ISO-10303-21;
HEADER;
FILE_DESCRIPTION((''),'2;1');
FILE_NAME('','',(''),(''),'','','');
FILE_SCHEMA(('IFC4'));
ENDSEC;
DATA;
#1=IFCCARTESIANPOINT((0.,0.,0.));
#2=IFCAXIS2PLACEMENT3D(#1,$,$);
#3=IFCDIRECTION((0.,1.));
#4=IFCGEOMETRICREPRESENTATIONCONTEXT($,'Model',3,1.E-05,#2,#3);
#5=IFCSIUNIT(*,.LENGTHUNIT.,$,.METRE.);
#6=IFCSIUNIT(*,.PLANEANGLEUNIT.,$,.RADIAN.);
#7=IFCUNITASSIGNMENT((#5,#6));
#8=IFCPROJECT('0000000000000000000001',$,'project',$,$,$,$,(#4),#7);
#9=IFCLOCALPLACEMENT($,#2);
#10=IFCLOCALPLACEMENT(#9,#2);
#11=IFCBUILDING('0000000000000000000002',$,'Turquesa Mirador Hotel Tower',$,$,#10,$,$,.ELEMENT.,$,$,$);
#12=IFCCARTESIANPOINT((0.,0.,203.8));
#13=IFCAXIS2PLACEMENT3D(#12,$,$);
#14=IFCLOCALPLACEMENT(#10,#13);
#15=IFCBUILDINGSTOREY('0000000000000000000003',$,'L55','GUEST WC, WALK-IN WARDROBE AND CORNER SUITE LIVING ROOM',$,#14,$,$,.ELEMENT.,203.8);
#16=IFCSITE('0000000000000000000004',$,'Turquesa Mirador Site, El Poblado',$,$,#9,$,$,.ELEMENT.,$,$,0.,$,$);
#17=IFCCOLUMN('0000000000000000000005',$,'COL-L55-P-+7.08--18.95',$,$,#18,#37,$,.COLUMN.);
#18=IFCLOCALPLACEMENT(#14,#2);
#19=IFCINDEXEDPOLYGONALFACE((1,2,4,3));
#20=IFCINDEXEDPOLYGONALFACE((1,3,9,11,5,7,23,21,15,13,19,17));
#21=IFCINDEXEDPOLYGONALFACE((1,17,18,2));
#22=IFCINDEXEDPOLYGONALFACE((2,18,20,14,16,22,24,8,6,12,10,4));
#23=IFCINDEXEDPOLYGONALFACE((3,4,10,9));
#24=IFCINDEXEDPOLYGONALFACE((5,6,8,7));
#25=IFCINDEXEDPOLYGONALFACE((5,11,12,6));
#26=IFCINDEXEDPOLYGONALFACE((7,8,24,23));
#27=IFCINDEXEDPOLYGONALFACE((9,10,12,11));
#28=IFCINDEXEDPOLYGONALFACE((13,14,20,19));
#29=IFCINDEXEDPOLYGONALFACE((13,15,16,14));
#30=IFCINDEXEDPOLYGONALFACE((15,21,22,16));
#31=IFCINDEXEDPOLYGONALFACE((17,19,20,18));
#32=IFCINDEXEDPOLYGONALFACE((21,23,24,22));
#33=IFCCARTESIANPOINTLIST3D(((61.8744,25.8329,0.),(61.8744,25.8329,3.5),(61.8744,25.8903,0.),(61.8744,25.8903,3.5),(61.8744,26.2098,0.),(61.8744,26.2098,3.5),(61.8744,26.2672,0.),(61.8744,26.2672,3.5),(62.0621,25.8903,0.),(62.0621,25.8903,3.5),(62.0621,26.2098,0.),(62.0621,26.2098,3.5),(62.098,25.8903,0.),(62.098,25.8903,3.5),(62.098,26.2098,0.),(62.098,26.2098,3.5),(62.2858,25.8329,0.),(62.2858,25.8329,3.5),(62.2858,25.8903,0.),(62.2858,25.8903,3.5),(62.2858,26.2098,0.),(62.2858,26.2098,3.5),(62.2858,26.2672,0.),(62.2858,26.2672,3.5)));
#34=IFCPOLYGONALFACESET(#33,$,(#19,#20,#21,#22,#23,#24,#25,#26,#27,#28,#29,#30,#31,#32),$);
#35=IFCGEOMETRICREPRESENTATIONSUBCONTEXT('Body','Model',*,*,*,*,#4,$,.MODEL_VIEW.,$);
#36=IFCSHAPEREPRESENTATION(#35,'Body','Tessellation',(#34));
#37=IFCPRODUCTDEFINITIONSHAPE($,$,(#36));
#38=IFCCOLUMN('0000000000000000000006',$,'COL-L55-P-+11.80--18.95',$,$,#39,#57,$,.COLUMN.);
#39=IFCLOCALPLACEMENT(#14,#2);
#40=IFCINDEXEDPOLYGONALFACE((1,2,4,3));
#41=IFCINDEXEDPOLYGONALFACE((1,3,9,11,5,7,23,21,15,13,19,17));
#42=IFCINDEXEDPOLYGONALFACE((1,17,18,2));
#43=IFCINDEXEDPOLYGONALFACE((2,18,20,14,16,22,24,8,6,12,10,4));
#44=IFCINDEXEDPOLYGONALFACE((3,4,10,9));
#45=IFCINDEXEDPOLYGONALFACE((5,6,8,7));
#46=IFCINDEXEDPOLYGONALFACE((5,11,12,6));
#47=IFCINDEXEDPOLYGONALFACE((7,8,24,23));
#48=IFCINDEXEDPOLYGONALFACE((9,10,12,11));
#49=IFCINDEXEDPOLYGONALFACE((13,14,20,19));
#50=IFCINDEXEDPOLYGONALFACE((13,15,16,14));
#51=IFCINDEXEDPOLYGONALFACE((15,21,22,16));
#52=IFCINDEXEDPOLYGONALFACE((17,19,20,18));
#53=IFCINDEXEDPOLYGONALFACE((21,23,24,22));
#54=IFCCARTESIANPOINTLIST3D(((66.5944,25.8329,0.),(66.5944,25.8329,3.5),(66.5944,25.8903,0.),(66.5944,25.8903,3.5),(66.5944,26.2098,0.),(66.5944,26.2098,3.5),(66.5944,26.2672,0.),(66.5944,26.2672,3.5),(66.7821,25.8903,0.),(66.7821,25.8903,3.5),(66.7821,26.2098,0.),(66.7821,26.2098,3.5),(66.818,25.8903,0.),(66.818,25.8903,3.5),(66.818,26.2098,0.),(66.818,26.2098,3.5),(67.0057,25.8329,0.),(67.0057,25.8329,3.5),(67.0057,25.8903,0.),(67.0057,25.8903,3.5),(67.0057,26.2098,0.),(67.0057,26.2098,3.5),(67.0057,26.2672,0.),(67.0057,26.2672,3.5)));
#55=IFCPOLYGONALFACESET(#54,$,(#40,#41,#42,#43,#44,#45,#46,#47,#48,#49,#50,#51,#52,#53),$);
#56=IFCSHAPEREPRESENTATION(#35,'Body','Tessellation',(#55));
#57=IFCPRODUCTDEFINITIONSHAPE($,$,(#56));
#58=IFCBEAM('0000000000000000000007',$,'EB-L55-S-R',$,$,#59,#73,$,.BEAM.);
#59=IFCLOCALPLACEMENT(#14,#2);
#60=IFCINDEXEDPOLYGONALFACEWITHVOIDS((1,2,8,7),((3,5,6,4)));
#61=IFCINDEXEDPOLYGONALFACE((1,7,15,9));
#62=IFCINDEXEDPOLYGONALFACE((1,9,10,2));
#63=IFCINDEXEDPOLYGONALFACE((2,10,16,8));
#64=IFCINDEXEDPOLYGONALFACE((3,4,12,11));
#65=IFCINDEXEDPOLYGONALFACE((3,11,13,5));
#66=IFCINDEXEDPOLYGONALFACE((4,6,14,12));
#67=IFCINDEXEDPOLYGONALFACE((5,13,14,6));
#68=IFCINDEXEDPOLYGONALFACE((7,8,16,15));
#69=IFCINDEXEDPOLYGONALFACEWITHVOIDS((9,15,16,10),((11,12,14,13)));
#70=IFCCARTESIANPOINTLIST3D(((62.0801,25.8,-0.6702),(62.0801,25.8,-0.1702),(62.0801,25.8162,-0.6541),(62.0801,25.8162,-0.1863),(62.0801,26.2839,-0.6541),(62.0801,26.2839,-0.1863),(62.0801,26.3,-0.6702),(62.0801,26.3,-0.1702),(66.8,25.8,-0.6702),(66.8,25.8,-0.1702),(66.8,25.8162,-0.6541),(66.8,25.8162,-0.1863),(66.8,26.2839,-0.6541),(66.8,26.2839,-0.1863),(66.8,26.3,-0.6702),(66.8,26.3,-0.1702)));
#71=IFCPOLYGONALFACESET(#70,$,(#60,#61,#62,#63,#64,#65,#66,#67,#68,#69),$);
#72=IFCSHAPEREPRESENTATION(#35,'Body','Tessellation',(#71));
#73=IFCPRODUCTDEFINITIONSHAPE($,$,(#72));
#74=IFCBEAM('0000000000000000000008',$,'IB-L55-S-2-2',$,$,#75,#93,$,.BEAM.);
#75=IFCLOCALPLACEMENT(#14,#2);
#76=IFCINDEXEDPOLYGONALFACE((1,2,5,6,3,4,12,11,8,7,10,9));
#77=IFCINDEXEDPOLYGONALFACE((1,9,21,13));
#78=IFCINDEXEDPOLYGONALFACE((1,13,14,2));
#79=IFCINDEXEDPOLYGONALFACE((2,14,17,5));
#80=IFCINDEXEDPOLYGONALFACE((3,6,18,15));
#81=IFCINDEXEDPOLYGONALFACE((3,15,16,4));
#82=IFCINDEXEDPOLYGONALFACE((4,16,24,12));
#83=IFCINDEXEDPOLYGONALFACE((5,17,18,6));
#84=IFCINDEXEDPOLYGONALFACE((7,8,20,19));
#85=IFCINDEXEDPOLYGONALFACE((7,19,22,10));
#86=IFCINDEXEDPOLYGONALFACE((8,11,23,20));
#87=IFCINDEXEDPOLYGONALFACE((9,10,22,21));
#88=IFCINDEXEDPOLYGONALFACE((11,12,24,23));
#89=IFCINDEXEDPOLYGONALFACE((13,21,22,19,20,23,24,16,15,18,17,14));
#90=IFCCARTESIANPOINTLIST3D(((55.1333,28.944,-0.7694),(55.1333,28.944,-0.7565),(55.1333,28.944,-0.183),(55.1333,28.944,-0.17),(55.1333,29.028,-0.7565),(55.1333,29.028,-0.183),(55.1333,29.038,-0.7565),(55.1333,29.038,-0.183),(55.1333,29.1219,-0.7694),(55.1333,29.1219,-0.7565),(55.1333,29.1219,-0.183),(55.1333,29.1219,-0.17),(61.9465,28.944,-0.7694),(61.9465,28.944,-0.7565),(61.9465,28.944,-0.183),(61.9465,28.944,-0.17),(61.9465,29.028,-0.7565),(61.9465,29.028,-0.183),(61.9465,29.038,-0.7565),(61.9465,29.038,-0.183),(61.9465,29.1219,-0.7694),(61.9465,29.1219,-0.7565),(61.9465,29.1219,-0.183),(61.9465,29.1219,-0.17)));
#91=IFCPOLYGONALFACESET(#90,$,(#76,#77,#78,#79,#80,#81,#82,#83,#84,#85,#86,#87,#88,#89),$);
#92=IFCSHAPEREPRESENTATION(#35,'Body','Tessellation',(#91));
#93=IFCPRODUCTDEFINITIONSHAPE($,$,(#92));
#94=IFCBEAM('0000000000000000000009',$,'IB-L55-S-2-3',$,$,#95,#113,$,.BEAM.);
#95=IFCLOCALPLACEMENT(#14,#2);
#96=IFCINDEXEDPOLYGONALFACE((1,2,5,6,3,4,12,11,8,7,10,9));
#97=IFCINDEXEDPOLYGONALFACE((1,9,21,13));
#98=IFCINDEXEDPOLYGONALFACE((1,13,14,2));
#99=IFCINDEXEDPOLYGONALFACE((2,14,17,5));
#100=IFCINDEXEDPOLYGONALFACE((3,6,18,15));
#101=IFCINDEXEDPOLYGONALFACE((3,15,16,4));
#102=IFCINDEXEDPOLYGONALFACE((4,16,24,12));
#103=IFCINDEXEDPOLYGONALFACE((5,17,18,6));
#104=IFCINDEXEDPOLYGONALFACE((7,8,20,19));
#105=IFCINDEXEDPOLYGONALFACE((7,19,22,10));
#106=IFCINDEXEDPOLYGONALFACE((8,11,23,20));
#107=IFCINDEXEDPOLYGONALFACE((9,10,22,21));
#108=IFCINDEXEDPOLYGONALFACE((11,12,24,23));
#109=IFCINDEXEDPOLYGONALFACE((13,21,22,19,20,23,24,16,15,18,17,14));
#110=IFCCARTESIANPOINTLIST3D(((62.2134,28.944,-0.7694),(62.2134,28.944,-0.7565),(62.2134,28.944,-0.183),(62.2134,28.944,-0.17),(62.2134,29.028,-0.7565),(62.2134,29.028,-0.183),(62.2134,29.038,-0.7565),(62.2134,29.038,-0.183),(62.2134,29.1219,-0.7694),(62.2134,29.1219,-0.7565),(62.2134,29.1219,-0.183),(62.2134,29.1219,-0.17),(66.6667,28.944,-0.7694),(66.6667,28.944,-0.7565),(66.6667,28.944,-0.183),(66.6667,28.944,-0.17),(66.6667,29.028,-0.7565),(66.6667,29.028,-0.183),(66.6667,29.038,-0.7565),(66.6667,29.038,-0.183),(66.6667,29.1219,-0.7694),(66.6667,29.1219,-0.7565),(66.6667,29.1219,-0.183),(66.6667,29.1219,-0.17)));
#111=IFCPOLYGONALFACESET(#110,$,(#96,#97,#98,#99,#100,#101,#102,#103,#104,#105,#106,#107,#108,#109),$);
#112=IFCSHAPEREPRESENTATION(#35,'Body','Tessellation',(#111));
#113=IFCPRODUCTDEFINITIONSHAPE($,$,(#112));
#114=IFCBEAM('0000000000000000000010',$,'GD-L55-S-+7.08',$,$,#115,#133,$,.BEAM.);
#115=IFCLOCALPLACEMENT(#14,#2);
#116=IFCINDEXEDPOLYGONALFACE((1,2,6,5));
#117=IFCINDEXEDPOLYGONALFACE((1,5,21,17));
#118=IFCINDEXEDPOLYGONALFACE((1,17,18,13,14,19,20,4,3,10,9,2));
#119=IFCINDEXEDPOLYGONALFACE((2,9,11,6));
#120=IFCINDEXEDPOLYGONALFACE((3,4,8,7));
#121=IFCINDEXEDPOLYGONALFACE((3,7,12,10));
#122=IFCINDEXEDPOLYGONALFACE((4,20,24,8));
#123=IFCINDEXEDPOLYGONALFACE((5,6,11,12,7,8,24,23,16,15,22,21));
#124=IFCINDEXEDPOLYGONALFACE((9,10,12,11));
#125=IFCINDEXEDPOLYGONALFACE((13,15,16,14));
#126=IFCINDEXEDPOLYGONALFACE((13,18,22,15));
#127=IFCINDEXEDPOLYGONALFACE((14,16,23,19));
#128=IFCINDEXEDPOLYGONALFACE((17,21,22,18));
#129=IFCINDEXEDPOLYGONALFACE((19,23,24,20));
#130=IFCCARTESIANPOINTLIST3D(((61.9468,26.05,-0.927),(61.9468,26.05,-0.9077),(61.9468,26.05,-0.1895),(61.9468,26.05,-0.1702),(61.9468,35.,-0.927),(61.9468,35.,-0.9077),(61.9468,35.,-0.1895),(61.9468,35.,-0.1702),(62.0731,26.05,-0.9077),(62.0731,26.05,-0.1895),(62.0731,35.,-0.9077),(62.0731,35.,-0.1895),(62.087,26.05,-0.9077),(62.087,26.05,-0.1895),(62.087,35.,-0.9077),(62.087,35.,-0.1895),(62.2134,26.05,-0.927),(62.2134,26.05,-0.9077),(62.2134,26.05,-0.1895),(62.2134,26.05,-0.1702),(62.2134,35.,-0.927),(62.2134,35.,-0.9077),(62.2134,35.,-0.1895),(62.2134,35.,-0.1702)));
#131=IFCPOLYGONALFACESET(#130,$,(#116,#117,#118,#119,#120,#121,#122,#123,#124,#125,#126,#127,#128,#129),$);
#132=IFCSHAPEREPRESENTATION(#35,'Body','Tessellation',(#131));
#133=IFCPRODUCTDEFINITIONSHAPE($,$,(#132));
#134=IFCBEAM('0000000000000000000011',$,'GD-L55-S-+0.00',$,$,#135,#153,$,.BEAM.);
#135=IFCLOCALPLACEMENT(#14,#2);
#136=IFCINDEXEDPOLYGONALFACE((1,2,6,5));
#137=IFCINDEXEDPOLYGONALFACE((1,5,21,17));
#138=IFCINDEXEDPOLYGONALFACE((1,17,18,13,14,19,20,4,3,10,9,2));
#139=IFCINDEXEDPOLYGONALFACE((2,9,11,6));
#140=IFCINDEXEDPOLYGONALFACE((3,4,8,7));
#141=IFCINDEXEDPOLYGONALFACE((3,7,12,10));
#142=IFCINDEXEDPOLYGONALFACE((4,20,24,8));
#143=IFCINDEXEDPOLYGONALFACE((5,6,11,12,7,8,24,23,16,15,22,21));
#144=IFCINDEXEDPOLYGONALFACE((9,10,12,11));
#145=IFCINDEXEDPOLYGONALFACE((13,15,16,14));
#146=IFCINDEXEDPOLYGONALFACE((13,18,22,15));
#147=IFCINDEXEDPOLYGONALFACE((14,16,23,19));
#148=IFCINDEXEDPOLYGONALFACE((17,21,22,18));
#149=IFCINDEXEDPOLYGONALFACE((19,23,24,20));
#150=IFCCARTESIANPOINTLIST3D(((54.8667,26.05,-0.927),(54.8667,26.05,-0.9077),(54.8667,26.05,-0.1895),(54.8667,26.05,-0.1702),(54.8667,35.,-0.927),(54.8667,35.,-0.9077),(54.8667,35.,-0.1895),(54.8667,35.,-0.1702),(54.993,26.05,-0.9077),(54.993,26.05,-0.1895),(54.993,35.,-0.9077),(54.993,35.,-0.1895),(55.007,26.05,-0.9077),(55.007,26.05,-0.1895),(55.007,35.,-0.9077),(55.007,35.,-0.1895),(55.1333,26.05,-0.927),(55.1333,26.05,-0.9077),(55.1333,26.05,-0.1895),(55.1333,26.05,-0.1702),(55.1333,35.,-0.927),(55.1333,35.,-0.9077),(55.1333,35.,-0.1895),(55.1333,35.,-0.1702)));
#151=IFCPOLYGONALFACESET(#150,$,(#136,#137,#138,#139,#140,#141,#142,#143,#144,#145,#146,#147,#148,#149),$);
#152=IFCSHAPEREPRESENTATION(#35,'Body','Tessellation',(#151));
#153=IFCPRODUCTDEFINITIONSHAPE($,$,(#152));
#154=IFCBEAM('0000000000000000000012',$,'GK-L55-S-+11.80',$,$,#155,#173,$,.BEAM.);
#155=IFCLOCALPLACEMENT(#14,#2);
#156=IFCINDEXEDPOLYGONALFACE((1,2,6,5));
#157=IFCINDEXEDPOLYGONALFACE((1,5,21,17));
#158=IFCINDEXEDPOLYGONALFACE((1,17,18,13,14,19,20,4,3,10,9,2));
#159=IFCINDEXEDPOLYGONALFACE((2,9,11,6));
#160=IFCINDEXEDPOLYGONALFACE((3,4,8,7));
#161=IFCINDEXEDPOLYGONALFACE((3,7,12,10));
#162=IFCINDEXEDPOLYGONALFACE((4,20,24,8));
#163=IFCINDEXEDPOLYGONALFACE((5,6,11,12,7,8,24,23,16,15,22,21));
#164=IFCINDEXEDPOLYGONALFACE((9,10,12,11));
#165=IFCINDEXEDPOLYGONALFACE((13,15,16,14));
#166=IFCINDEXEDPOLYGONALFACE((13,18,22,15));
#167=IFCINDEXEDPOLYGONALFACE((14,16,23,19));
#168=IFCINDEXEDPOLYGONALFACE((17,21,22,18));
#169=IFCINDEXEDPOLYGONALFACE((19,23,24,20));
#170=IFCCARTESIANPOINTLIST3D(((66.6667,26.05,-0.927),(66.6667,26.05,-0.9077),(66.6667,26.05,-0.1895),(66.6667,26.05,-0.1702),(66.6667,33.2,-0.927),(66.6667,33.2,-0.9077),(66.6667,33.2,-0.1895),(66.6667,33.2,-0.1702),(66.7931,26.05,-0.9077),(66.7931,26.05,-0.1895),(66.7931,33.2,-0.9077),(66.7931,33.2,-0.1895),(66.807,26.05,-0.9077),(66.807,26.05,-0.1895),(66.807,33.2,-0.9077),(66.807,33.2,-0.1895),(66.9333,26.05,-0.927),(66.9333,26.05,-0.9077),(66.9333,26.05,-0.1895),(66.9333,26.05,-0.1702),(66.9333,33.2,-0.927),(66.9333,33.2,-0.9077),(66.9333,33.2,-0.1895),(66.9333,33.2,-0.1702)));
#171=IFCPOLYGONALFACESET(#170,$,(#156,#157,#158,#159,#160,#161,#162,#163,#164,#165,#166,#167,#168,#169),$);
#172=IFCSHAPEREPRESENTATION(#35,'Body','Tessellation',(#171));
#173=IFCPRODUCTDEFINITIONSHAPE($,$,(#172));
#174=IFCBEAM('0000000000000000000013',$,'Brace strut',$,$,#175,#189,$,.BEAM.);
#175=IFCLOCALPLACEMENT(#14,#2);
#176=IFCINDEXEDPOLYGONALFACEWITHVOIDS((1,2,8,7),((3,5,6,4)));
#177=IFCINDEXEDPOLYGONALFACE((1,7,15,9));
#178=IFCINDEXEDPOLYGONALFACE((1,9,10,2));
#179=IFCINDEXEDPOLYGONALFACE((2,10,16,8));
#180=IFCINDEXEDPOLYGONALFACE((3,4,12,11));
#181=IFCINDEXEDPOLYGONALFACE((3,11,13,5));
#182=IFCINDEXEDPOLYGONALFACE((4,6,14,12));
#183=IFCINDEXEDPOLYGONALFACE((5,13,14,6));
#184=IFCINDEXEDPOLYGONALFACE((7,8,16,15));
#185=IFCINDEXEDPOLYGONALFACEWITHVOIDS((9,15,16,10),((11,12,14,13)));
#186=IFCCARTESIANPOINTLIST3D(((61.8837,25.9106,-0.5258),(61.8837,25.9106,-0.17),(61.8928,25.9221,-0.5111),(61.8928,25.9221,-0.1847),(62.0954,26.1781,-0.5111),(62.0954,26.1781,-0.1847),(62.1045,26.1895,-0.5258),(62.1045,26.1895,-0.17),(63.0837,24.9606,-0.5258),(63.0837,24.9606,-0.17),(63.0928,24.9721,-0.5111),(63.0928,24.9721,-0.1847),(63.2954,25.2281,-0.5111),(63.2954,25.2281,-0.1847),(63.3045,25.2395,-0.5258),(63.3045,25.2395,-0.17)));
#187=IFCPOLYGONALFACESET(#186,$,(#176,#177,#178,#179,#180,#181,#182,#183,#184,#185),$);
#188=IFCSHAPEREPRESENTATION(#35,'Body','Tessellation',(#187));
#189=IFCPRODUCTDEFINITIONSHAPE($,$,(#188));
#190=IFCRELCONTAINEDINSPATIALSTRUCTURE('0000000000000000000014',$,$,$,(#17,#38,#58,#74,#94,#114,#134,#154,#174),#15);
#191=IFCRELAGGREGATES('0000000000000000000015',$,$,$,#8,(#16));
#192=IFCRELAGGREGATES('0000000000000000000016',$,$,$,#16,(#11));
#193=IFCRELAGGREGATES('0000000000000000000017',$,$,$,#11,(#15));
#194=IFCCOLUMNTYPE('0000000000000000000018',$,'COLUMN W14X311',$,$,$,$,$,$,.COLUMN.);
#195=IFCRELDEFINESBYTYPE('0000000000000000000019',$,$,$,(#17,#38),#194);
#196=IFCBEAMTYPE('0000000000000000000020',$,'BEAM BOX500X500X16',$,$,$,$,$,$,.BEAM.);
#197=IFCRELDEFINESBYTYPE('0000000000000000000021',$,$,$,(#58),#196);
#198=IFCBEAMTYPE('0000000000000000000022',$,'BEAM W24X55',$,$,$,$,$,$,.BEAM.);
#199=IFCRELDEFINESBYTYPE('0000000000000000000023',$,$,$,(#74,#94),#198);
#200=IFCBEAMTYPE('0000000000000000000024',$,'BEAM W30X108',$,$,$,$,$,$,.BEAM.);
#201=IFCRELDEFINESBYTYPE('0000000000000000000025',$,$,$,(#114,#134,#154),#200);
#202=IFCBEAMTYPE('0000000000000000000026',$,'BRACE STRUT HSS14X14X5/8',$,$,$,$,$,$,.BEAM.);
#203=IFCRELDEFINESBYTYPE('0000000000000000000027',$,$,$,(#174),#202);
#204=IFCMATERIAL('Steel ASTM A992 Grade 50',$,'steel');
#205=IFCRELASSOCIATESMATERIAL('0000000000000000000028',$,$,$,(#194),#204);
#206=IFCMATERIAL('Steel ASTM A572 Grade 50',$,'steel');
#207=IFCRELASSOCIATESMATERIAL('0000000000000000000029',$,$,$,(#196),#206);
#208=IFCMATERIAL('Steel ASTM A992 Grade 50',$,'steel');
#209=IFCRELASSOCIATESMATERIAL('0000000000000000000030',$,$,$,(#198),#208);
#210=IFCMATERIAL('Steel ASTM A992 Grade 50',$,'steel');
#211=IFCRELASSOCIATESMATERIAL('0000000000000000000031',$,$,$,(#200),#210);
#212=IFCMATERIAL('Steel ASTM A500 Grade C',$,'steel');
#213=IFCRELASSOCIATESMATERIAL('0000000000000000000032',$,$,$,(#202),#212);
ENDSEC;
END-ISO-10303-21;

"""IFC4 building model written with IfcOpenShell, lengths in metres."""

from ifc_helpers import new_model, si_unit, direction, frame, origin, origin_2d, place, context, subcontext, project, spatial, hollow_rectangle, i_section, extrude, material, material_profile, profile_set, type_object, element, save


model = new_model("IFC4")

# Units and contexts
model_context = context("Model", 3, precision=1e-05, world=origin(), true_north=direction((0.0, 1.0)))
body_context = subcontext(model_context, "Body", "Model", "MODEL_VIEW")
ifc_project = project(units=[si_unit("LENGTHUNIT", "METRE"), si_unit("PLANEANGLEUNIT", "RADIAN")], contexts=[model_context])

# Site, building, storey
site_placement = place(None, origin())
site = spatial("IfcSite", under=ifc_project, at=site_placement, Name="Turquesa Mirador Site, El Poblado", CompositionType="ELEMENT", RefElevation=0.0)
building_placement = place(site_placement, origin())
building = spatial("IfcBuilding", under=site, at=building_placement, Name="Turquesa Mirador Hotel Tower", CompositionType="ELEMENT")
storey_placement = place(building_placement, frame((0.0, 0.0, 203.8)))
storey = spatial("IfcBuildingStorey", under=building, at=storey_placement, Name="L55", Description="GUEST WC, WALK-IN WARDROBE AND CORNER SUITE LIVING ROOM", CompositionType="ELEMENT", Elevation=203.8)

# Columns
ifc_material_1 = material(Name="Steel ASTM A992 Grade 50", Category="steel")
ifc_material_profile_1 = material_profile(ifc_material_1, i_section(OverallWidth=0.4114, OverallDepth=0.4343, WebThickness=0.0359, FlangeThickness=0.0574, at=origin_2d()), Name="W14X311")
ifc_profile_set_1 = profile_set([ifc_material_profile_1], Name="Steel ASTM A992 Grade 50")
column_type = type_object("IfcColumnType", Name="COLUMN W14X311", PredefinedType="COLUMN", material=ifc_profile_set_1)
for number, where, z_axis, x_axis, name in (
    (1, (62.0801, 26.05, 0.0), (0.0, 0.0, 1.0), (1.0, 0.0, 0.0), "COL-L55-P-+7.08--18.95"),
    (2, (66.8, 26.05, 0.0), (0.0, 0.0, 1.0), (1.0, 0.0, 0.0), "COL-L55-P-+11.80--18.95"),
):
    element("IfcColumn", number, at=place(storey_placement, frame(where, z_axis=z_axis, x_axis=x_axis)), inside=storey, type_object=column_type, Name=name, PredefinedType="COLUMN", context=body_context, shape_type="SweptSolid", body=[
        extrude(i_section(OverallWidth=0.4114, OverallDepth=0.4343, WebThickness=0.0359, FlangeThickness=0.0574, at=origin_2d()), origin(), (0.0, 0.0, 1.0), 3.5),
    ])

# Beams
ifc_material_2 = material(Name="Steel ASTM A572 Grade 50", Category="steel")
ifc_material_profile_2 = material_profile(ifc_material_2, hollow_rectangle(XDim=0.5, YDim=0.5, WallThickness=0.0161, at=origin_2d()), Name="BOX500X500X16")
ifc_profile_set_2 = profile_set([ifc_material_profile_2], Name="Steel ASTM A572 Grade 50")
beam_type_1 = type_object("IfcBeamType", Name="BEAM BOX500X500X16", PredefinedType="BEAM", material=ifc_profile_set_2)
beam_1_placement = place(storey_placement, frame((62.0801, 26.05, -0.4202), z_axis=(1.0, 0.0, 0.0), x_axis=(0.0, 1.0, 0.0)))
element("IfcBeam", 3, at=beam_1_placement, inside=storey, type_object=beam_type_1, Name="EB-L55-S-R", PredefinedType="BEAM", context=body_context, shape_type="SweptSolid", body=[
    extrude(hollow_rectangle(XDim=0.5, YDim=0.5, WallThickness=0.0161, at=origin_2d()), origin(), (0.0, 0.0, 1.0), 4.72),
])
ifc_material_3 = material(Name="Steel ASTM A992 Grade 50", Category="steel")
ifc_material_profile_3 = material_profile(ifc_material_3, i_section(OverallWidth=0.178, OverallDepth=0.5994, WebThickness=0.01, FlangeThickness=0.0129, at=origin_2d()), Name="W24X55")
ifc_profile_set_3 = profile_set([ifc_material_profile_3], Name="Steel ASTM A992 Grade 50")
beam_type_2 = type_object("IfcBeamType", Name="BEAM W24X55", PredefinedType="BEAM", material=ifc_profile_set_3)
beam_2_placement = place(storey_placement, frame((55.1333, 29.033, -0.4697), z_axis=(1.0, 0.0, 0.0), x_axis=(0.0, 1.0, 0.0)))
element("IfcBeam", 4, at=beam_2_placement, inside=storey, type_object=beam_type_2, Name="IB-L55-S-2-2", PredefinedType="BEAM", context=body_context, shape_type="SweptSolid", body=[
    extrude(i_section(OverallWidth=0.178, OverallDepth=0.5994, WebThickness=0.01, FlangeThickness=0.0129, at=origin_2d()), origin(), (0.0, 0.0, 1.0), 6.8132),
])
beam_3_placement = place(storey_placement, frame((62.2134, 29.033, -0.4697), z_axis=(1.0, 0.0, 0.0), x_axis=(0.0, 1.0, 0.0)))
element("IfcBeam", 5, at=beam_3_placement, inside=storey, type_object=beam_type_2, Name="IB-L55-S-2-3", PredefinedType="BEAM", context=body_context, shape_type="SweptSolid", body=[
    extrude(i_section(OverallWidth=0.178, OverallDepth=0.5994, WebThickness=0.01, FlangeThickness=0.0129, at=origin_2d()), origin(), (0.0, 0.0, 1.0), 4.4534),
])
ifc_material_4 = material(Name="Steel ASTM A992 Grade 50", Category="steel")
ifc_material_profile_4 = material_profile(ifc_material_4, i_section(OverallWidth=0.2666, OverallDepth=0.7568, WebThickness=0.0139, FlangeThickness=0.0193, at=origin_2d()), Name="W30X108")
ifc_profile_set_4 = profile_set([ifc_material_profile_4], Name="Steel ASTM A992 Grade 50")
beam_type_3 = type_object("IfcBeamType", Name="BEAM W30X108", PredefinedType="BEAM", material=ifc_profile_set_4)
for number, where, z_axis, x_axis, name in (
    (6, (62.0801, 26.05, -0.5486), (0.0, 1.0, 0.0), (-1.0, 0.0, 0.0), "GD-L55-S-+7.08"),
    (7, (55.0, 26.05, -0.5486), (0.0, 1.0, 0.0), (-1.0, 0.0, 0.0), "GD-L55-S-+0.00"),
):
    element("IfcBeam", number, at=place(storey_placement, frame(where, z_axis=z_axis, x_axis=x_axis)), inside=storey, type_object=beam_type_3, Name=name, PredefinedType="BEAM", context=body_context, shape_type="SweptSolid", body=[
        extrude(i_section(OverallWidth=0.2666, OverallDepth=0.7568, WebThickness=0.0139, FlangeThickness=0.0193, at=origin_2d()), origin(), (0.0, 0.0, 1.0), 8.95),
    ])
beam_4_placement = place(storey_placement, frame((66.8, 26.05, -0.5486), z_axis=(0.0, 1.0, 0.0), x_axis=(-1.0, 0.0, 0.0)))
element("IfcBeam", 8, at=beam_4_placement, inside=storey, type_object=beam_type_3, Name="GK-L55-S-+11.80", PredefinedType="BEAM", context=body_context, shape_type="SweptSolid", body=[
    extrude(i_section(OverallWidth=0.2666, OverallDepth=0.7568, WebThickness=0.0139, FlangeThickness=0.0193, at=origin_2d()), origin(), (0.0, 0.0, 1.0), 7.1499),
])
ifc_material_5 = material(Name="Steel ASTM A500 Grade C", Category="steel")
ifc_material_profile_5 = material_profile(ifc_material_5, hollow_rectangle(XDim=0.3557, YDim=0.3557, WallThickness=0.0146, at=origin_2d()), Name="HSS14X14X5/8")
ifc_profile_set_5 = profile_set([ifc_material_profile_5], Name="Steel ASTM A500 Grade C")
beam_type_4 = type_object("IfcBeamType", Name="BRACE STRUT HSS14X14X5/8", PredefinedType="BEAM", material=ifc_profile_set_5)
for number, where, z_axis, x_axis, name in (
    (9, (63.1941, 25.1001, -0.3479), (-0.784049, 0.620699, 0.0), (-0.620699, -0.784049, 0.0), "Brace strut"),
):
    element("IfcBeam", number, at=place(storey_placement, frame(where, z_axis=z_axis, x_axis=x_axis)), inside=storey, type_object=beam_type_4, Name=name, PredefinedType="BEAM", context=body_context, shape_type="SweptSolid", body=[
        extrude(hollow_rectangle(XDim=0.3557, YDim=0.3557, WallThickness=0.0146, at=origin_2d()), origin(), (0.0, 0.0, 1.0), 1.5305),
    ])

save(model, "model.ifc")
